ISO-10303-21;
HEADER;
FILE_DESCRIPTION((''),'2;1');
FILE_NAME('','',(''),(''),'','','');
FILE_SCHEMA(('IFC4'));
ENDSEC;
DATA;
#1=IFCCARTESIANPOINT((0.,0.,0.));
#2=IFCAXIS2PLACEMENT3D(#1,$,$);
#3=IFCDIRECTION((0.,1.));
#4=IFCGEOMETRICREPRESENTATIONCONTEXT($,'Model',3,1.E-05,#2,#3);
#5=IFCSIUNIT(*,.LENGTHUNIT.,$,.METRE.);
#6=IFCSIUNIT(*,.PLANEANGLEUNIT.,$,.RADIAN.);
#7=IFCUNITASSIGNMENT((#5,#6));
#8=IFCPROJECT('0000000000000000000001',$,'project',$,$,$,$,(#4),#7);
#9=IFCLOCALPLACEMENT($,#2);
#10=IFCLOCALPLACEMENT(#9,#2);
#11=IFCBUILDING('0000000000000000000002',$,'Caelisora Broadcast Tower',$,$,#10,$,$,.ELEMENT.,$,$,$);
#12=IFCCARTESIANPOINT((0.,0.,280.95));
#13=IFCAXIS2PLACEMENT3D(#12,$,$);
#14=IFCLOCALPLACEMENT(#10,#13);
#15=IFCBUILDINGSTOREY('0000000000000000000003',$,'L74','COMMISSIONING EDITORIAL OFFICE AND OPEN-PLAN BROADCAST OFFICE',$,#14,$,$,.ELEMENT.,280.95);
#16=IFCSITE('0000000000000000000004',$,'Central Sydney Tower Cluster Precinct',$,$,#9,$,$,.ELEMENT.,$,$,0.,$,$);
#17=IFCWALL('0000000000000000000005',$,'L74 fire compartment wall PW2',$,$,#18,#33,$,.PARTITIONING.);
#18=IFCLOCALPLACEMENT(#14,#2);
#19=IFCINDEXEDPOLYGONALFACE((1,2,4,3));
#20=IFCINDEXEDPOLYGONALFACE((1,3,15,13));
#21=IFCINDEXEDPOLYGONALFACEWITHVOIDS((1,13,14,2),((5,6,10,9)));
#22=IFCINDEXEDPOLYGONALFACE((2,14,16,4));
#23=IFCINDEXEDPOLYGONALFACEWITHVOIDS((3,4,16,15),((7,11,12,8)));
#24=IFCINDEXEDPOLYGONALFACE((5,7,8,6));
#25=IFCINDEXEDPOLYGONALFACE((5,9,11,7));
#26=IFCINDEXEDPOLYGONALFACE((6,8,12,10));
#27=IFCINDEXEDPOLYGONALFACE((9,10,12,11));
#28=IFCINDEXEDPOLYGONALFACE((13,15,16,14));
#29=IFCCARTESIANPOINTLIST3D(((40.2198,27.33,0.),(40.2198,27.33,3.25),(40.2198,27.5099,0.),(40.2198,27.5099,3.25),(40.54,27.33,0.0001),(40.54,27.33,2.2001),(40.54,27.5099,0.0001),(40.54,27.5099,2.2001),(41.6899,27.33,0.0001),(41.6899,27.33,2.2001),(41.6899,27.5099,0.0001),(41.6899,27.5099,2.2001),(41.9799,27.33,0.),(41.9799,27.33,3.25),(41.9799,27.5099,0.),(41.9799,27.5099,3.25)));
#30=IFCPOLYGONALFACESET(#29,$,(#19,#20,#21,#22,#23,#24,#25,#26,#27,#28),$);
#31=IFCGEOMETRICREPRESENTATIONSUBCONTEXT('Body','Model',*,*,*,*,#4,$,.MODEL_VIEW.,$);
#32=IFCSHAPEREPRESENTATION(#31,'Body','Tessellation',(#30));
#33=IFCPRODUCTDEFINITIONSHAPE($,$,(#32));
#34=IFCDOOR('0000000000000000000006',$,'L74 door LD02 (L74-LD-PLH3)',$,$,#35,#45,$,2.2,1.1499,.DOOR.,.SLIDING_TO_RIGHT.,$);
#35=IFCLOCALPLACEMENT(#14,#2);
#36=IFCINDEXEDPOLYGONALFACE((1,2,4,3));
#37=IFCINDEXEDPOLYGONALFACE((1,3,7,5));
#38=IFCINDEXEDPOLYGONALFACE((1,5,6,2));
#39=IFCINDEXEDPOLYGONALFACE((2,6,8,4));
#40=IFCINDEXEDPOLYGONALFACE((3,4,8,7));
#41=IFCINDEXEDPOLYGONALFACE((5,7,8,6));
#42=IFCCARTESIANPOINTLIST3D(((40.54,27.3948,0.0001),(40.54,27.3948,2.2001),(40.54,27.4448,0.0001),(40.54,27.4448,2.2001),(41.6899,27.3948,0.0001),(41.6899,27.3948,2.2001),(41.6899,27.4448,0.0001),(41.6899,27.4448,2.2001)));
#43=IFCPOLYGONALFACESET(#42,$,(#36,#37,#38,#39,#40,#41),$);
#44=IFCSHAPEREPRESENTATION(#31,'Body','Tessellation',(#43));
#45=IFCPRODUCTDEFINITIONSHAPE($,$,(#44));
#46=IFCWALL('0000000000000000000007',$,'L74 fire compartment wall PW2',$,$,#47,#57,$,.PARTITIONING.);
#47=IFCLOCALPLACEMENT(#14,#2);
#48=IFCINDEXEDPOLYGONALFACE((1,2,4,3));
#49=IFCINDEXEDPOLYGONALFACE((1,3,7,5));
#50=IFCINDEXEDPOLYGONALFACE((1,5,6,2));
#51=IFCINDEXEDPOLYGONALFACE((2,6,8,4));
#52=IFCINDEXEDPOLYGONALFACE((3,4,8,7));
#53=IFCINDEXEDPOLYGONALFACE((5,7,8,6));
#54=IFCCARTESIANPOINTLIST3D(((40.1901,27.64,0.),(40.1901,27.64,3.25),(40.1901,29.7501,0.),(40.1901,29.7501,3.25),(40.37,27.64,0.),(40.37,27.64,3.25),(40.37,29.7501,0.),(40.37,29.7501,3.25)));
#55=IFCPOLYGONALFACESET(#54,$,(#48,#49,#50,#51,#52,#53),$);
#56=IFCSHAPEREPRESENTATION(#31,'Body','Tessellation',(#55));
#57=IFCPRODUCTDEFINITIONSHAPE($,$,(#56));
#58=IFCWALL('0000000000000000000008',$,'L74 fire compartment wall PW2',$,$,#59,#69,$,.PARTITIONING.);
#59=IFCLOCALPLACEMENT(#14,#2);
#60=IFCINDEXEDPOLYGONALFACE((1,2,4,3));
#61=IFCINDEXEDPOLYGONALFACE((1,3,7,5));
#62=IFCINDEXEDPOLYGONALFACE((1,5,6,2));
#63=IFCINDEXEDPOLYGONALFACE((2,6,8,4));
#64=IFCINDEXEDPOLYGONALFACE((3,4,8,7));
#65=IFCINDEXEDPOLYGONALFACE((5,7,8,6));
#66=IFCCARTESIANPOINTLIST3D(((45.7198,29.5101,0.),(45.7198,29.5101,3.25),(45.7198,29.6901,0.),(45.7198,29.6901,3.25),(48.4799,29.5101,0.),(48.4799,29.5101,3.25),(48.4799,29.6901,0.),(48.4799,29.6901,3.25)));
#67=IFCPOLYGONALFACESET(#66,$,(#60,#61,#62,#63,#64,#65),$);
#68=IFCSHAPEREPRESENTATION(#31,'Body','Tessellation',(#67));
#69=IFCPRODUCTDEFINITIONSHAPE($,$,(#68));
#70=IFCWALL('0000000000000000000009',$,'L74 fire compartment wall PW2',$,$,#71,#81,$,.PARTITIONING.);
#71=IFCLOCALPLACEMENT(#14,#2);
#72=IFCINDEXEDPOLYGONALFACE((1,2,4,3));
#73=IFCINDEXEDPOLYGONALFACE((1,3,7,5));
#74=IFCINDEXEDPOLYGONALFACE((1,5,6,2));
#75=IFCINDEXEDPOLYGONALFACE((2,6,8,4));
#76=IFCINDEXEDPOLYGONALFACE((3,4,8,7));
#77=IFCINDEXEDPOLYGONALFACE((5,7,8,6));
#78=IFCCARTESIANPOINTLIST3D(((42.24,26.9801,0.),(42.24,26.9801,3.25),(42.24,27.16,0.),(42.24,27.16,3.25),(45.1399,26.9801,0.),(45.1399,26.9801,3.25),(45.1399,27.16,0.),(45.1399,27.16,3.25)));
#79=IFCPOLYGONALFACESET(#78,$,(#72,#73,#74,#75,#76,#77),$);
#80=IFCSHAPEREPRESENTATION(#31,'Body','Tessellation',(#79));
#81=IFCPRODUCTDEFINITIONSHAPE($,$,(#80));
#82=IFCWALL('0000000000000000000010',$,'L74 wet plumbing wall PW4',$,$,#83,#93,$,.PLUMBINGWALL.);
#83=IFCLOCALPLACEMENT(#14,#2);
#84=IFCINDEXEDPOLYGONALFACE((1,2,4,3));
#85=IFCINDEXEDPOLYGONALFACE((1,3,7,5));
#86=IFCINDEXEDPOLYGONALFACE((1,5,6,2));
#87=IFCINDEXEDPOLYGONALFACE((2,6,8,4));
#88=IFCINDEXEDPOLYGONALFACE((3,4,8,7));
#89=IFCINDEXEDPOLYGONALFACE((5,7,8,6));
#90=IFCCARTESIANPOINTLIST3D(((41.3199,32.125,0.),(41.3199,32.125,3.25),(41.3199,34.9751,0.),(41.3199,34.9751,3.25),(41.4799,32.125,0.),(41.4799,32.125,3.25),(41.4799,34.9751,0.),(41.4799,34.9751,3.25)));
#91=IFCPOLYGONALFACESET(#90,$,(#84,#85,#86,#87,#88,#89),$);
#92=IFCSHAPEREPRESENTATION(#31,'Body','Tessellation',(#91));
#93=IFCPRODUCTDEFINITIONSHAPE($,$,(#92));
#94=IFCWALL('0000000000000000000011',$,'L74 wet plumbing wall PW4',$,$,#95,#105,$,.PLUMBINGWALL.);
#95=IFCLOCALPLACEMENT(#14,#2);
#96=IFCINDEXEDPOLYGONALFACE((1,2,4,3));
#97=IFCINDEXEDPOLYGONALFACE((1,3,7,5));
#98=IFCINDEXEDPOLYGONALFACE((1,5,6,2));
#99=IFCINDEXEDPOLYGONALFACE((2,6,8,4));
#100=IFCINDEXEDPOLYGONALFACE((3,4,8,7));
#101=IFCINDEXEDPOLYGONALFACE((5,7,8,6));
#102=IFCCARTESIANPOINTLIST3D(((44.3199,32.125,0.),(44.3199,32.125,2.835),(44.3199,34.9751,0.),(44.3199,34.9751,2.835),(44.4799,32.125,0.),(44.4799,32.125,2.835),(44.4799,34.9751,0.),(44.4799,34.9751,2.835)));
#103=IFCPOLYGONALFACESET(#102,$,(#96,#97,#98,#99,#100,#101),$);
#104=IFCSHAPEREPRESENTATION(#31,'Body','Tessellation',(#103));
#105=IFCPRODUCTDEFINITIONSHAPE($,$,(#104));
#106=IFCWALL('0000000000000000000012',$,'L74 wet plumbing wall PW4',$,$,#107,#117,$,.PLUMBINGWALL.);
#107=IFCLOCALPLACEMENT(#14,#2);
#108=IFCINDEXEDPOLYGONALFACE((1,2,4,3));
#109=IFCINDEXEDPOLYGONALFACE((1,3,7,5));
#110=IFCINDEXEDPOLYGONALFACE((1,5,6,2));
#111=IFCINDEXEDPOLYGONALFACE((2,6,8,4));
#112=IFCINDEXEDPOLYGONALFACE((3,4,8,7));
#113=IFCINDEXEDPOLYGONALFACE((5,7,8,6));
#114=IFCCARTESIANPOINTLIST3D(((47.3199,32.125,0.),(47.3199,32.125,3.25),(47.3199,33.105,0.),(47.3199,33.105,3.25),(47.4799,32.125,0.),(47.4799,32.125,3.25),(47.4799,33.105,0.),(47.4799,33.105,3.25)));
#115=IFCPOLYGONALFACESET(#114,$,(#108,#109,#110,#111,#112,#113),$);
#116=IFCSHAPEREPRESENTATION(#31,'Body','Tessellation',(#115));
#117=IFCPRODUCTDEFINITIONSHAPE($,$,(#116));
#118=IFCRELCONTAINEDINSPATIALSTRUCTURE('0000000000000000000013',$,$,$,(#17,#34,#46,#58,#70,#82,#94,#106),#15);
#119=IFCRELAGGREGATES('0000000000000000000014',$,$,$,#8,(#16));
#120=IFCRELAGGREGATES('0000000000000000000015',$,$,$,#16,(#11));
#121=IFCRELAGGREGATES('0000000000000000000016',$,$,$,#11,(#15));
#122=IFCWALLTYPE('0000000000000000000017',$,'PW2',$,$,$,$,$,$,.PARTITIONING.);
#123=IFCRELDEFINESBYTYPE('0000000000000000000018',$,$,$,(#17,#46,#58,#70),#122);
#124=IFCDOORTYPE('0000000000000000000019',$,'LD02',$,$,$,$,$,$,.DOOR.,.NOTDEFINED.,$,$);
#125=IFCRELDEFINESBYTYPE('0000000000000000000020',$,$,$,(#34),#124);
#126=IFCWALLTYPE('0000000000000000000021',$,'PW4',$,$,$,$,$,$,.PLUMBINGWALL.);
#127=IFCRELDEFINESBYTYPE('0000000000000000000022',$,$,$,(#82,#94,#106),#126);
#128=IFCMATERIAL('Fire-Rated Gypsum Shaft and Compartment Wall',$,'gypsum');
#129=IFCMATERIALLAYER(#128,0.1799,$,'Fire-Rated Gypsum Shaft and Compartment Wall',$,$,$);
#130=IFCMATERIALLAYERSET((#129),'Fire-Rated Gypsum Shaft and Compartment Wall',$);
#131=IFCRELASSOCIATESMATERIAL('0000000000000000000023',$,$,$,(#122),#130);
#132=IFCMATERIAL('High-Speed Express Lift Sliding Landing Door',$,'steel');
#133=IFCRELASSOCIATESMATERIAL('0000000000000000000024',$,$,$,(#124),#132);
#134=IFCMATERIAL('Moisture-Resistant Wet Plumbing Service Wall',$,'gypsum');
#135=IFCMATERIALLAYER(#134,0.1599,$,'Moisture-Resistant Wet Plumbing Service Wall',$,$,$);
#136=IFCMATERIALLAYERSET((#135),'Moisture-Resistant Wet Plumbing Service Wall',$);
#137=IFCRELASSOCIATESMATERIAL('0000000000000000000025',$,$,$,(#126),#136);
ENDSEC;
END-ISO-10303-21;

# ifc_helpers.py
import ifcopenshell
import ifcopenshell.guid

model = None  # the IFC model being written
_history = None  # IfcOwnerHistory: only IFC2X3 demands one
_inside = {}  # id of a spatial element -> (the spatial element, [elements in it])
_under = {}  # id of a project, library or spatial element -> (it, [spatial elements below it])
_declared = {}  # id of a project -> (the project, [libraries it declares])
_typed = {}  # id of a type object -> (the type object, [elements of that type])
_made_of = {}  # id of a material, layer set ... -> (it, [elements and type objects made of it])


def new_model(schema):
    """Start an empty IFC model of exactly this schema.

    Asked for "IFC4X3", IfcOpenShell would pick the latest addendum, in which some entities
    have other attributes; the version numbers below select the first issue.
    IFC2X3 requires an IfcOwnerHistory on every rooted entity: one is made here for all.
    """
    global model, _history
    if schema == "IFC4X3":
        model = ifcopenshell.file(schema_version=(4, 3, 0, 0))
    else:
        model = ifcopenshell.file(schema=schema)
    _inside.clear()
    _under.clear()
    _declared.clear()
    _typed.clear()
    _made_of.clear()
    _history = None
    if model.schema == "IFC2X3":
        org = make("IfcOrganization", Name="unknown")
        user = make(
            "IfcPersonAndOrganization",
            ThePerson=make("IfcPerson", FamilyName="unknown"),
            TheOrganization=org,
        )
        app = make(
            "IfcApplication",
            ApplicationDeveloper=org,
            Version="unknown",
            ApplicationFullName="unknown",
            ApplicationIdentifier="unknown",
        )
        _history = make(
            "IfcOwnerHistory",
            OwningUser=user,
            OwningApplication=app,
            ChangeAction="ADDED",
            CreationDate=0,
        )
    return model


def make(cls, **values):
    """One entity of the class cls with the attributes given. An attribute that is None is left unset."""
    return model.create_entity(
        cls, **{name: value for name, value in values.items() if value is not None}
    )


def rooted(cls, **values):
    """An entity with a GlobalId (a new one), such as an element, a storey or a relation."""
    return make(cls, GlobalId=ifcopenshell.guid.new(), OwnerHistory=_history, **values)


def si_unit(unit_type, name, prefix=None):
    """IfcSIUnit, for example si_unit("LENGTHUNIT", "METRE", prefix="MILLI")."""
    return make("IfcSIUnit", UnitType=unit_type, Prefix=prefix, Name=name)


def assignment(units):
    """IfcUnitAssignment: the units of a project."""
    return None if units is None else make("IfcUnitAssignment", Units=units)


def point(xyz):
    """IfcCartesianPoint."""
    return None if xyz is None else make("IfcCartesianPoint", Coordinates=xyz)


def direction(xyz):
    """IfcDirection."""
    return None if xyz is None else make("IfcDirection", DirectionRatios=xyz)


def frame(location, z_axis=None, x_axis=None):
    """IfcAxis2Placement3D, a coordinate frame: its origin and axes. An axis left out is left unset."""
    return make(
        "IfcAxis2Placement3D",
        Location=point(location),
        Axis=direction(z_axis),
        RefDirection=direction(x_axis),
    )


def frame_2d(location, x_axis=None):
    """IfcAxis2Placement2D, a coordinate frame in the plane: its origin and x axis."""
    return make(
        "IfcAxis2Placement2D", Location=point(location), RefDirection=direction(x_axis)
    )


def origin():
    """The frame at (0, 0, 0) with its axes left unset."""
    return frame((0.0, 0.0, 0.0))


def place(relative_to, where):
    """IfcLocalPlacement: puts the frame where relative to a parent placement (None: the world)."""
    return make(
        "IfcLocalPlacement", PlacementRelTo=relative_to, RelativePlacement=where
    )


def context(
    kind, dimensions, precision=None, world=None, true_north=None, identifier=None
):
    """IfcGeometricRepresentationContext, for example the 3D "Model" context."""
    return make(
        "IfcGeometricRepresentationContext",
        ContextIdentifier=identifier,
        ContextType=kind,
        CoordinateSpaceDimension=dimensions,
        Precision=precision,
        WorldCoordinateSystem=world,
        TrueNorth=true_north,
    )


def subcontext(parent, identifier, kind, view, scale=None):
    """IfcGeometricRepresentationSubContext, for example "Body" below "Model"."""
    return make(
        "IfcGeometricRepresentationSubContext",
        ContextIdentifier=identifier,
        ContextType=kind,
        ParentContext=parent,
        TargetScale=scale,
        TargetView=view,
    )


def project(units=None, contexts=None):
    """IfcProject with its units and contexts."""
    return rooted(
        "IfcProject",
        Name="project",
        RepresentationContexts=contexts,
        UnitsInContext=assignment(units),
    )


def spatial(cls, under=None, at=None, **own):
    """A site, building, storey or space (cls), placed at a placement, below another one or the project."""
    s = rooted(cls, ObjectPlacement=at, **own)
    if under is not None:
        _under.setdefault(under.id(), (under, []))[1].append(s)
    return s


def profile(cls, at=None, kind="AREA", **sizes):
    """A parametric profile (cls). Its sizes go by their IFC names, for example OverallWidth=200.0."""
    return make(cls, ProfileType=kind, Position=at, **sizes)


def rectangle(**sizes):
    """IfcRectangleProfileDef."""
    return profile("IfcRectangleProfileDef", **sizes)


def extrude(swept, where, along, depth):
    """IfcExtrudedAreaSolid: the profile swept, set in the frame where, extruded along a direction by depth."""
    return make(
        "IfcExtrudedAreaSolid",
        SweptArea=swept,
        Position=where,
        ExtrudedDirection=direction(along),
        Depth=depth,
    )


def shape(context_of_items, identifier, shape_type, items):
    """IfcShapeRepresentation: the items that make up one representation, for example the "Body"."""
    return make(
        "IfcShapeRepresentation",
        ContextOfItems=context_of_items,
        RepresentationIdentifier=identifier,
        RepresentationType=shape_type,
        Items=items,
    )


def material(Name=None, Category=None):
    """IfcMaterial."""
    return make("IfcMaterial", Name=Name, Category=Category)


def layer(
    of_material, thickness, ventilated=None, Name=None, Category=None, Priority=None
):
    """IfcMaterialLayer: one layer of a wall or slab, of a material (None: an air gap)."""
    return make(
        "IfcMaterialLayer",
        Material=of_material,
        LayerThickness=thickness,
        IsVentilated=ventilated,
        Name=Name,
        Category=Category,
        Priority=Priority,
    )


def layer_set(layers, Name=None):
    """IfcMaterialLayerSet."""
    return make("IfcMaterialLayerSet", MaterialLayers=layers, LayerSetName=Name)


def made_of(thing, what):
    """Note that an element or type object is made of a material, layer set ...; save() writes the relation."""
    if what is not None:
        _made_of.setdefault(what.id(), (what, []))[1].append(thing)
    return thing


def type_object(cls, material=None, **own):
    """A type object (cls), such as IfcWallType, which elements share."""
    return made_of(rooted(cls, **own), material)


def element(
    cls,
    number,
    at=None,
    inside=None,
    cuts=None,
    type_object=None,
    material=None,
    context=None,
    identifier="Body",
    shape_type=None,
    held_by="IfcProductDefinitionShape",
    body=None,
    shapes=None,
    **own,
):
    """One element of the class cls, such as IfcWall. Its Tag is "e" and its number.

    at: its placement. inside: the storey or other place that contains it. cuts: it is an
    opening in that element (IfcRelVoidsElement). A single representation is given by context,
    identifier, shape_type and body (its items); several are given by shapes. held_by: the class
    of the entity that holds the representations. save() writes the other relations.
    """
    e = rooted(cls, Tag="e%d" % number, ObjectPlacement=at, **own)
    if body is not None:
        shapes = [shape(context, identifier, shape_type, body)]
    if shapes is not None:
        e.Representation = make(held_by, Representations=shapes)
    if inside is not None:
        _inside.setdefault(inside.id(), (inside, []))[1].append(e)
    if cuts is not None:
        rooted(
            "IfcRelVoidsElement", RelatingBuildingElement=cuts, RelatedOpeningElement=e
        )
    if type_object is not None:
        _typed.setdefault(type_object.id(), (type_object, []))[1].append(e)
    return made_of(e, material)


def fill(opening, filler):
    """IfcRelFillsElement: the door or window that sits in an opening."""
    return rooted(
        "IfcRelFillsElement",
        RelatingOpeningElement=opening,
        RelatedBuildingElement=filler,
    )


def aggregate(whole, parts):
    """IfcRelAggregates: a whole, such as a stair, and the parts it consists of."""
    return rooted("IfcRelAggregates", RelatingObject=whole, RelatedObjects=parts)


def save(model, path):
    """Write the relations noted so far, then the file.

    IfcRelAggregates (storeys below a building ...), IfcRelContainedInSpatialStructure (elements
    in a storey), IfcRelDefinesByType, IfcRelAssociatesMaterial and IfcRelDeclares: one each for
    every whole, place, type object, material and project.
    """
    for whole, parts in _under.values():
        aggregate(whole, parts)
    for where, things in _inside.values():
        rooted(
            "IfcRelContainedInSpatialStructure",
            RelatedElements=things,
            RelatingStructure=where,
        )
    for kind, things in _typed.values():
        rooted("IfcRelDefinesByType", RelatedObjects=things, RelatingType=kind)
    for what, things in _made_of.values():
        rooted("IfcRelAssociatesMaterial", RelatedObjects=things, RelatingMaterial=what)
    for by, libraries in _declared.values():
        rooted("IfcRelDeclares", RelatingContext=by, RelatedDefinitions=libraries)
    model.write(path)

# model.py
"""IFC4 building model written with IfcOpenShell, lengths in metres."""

from ifc_helpers import new_model, si_unit, direction, frame, frame_2d, origin, place, context, subcontext, project, spatial, rectangle, extrude, material, layer, layer_set, type_object, element, fill, save


model = new_model("IFC4")

# Units and contexts
model_context = context("Model", 3, precision=1e-05, world=origin(), true_north=direction((0.0, 1.0)))
body_context = subcontext(model_context, "Body", "Model", "MODEL_VIEW")
ifc_project = project(units=[si_unit("LENGTHUNIT", "METRE"), si_unit("PLANEANGLEUNIT", "RADIAN")], contexts=[model_context])

# Site, building, storey
site_placement = place(None, origin())
site = spatial("IfcSite", under=ifc_project, at=site_placement, Name="Central Sydney Tower Cluster Precinct", CompositionType="ELEMENT", RefElevation=0.0)
building_placement = place(site_placement, origin())
building = spatial("IfcBuilding", under=site, at=building_placement, Name="Caelisora Broadcast Tower", CompositionType="ELEMENT")
storey_placement = place(building_placement, frame((0.0, 0.0, 280.95)))
storey = spatial("IfcBuildingStorey", under=building, at=storey_placement, Name="L74", Description="COMMISSIONING EDITORIAL OFFICE AND OPEN-PLAN BROADCAST OFFICE", CompositionType="ELEMENT", Elevation=280.95)

# Wall, opening, door
ifc_material_1 = material(Name="Fire-Rated Gypsum Shaft and Compartment Wall", Category="gypsum")
ifc_layer_1 = layer(ifc_material_1, 0.1799, Name="Fire-Rated Gypsum Shaft and Compartment Wall")
ifc_layer_set_1 = layer_set([ifc_layer_1], Name="Fire-Rated Gypsum Shaft and Compartment Wall")
wall_type_1 = type_object("IfcWallType", Name="PW2", PredefinedType="PARTITIONING", material=ifc_layer_set_1)
wall_1_placement = place(storey_placement, frame((40.22, 27.4199, 0.0), z_axis=(0.0, 0.0, 1.0), x_axis=(1.0, 0.0, 0.0)))
wall_1 = element("IfcWall", 1, at=wall_1_placement, inside=storey, type_object=wall_type_1, Name="L74 fire compartment wall PW2", PredefinedType="PARTITIONING", context=body_context, shape_type="SweptSolid", body=[
    extrude(rectangle(XDim=1.76, YDim=0.1799, at=frame_2d((0.8799, 0.0))), origin(), (0.0, 0.0, 1.0), 3.25),
])
opening_1_placement = place(wall_1_placement, frame((0.3201, 0.0, 0.0)))
opening_1 = element("IfcOpeningElement", 2, at=opening_1_placement, cuts=wall_1, PredefinedType="OPENING", context=body_context, shape_type="SweptSolid", body=[
    extrude(rectangle(XDim=1.1499, YDim=2.2, at=frame_2d((0.575, 1.1001))), frame((0.0, 0.1021, 0.0), z_axis=(0.0, -1.0, 0.0), x_axis=(1.0, 0.0, 0.0)), (0.0, 0.0, 1.0), 0.2039),
])
ifc_material_2 = material(Name="High-Speed Express Lift Sliding Landing Door", Category="steel")
door_type_1 = type_object("IfcDoorType", Name="LD02", OperationType="NOTDEFINED", PredefinedType="DOOR", material=ifc_material_2)
door_1_placement = place(opening_1_placement, origin())
door_1 = element("IfcDoor", 3, at=door_1_placement, inside=storey, type_object=door_type_1, Name="L74 door LD02 (L74-LD-PLH3)", OperationType="SLIDING_TO_RIGHT", OverallHeight=2.2, OverallWidth=1.1499, PredefinedType="DOOR", context=body_context, shape_type="SweptSolid", body=[
    extrude(rectangle(XDim=1.1499, YDim=2.2, at=frame_2d((0.575, 1.1001))), frame((0.0, 0.0249, 0.0), z_axis=(0.0, -1.0, 0.0), x_axis=(1.0, 0.0, 0.0)), (0.0, 0.0, 1.0), 0.05),
])
fill(opening_1, door_1)

# Walls
wall_2_placement = place(storey_placement, frame((40.28, 27.6399, 0.0), z_axis=(0.0, 0.0, 1.0), x_axis=(0.0, 1.0, 0.0)))
element("IfcWall", 4, at=wall_2_placement, inside=storey, type_object=wall_type_1, Name="L74 fire compartment wall PW2", PredefinedType="PARTITIONING", context=body_context, shape_type="SweptSolid", body=[
    extrude(rectangle(XDim=2.1101, YDim=0.1799, at=frame_2d((1.0552, 0.0))), origin(), (0.0, 0.0, 1.0), 3.25),
])
wall_3_placement = place(storey_placement, frame((45.72, 29.6001, 0.0), z_axis=(0.0, 0.0, 1.0), x_axis=(1.0, 0.0, 0.0)))
element("IfcWall", 5, at=wall_3_placement, inside=storey, type_object=wall_type_1, Name="L74 fire compartment wall PW2", PredefinedType="PARTITIONING", context=body_context, shape_type="SweptSolid", body=[
    extrude(rectangle(XDim=2.76, YDim=0.1799, at=frame_2d((1.3799, 0.0))), origin(), (0.0, 0.0, 1.0), 3.25),
])
wall_4_placement = place(storey_placement, frame((42.24, 27.0701, 0.0), z_axis=(0.0, 0.0, 1.0), x_axis=(1.0, 0.0, 0.0)))
element("IfcWall", 6, at=wall_4_placement, inside=storey, type_object=wall_type_1, Name="L74 fire compartment wall PW2", PredefinedType="PARTITIONING", context=body_context, shape_type="SweptSolid", body=[
    extrude(rectangle(XDim=2.8999, YDim=0.1799, at=frame_2d((1.45, 0.0))), origin(), (0.0, 0.0, 1.0), 3.25),
])
ifc_material_3 = material(Name="Moisture-Resistant Wet Plumbing Service Wall", Category="gypsum")
ifc_layer_2 = layer(ifc_material_3, 0.1599, Name="Moisture-Resistant Wet Plumbing Service Wall")
ifc_layer_set_2 = layer_set([ifc_layer_2], Name="Moisture-Resistant Wet Plumbing Service Wall")
wall_type_2 = type_object("IfcWallType", Name="PW4", PredefinedType="PLUMBINGWALL", material=ifc_layer_set_2)
wall_5_placement = place(storey_placement, frame((41.3999, 32.125, 0.0), z_axis=(0.0, 0.0, 1.0), x_axis=(0.0, 1.0, 0.0)))
element("IfcWall", 7, at=wall_5_placement, inside=storey, type_object=wall_type_2, Name="L74 wet plumbing wall PW4", PredefinedType="PLUMBINGWALL", context=body_context, shape_type="SweptSolid", body=[
    extrude(rectangle(XDim=2.8501, YDim=0.1599, at=frame_2d((1.425, 0.0))), origin(), (0.0, 0.0, 1.0), 3.25),
])

# Walls
wall_6_placement = place(storey_placement, frame((44.3999, 32.125, 0.0), z_axis=(0.0, 0.0, 1.0), x_axis=(0.0, 1.0, 0.0)))
element("IfcWall", 8, at=wall_6_placement, inside=storey, type_object=wall_type_2, Name="L74 wet plumbing wall PW4", PredefinedType="PLUMBINGWALL", context=body_context, shape_type="SweptSolid", body=[
    extrude(rectangle(XDim=2.8501, YDim=0.1599, at=frame_2d((1.425, 0.0))), origin(), (0.0, 0.0, 1.0), 2.835),
])
wall_7_placement = place(storey_placement, frame((47.3999, 32.125, 0.0), z_axis=(0.0, 0.0, 1.0), x_axis=(0.0, 1.0, 0.0)))
element("IfcWall", 9, at=wall_7_placement, inside=storey, type_object=wall_type_2, Name="L74 wet plumbing wall PW4", PredefinedType="PLUMBINGWALL", context=body_context, shape_type="SweptSolid", body=[
    extrude(rectangle(XDim=0.98, YDim=0.1599, at=frame_2d((0.49, 0.0))), origin(), (0.0, 0.0, 1.0), 3.25),
])

save(model, "model.ifc")
